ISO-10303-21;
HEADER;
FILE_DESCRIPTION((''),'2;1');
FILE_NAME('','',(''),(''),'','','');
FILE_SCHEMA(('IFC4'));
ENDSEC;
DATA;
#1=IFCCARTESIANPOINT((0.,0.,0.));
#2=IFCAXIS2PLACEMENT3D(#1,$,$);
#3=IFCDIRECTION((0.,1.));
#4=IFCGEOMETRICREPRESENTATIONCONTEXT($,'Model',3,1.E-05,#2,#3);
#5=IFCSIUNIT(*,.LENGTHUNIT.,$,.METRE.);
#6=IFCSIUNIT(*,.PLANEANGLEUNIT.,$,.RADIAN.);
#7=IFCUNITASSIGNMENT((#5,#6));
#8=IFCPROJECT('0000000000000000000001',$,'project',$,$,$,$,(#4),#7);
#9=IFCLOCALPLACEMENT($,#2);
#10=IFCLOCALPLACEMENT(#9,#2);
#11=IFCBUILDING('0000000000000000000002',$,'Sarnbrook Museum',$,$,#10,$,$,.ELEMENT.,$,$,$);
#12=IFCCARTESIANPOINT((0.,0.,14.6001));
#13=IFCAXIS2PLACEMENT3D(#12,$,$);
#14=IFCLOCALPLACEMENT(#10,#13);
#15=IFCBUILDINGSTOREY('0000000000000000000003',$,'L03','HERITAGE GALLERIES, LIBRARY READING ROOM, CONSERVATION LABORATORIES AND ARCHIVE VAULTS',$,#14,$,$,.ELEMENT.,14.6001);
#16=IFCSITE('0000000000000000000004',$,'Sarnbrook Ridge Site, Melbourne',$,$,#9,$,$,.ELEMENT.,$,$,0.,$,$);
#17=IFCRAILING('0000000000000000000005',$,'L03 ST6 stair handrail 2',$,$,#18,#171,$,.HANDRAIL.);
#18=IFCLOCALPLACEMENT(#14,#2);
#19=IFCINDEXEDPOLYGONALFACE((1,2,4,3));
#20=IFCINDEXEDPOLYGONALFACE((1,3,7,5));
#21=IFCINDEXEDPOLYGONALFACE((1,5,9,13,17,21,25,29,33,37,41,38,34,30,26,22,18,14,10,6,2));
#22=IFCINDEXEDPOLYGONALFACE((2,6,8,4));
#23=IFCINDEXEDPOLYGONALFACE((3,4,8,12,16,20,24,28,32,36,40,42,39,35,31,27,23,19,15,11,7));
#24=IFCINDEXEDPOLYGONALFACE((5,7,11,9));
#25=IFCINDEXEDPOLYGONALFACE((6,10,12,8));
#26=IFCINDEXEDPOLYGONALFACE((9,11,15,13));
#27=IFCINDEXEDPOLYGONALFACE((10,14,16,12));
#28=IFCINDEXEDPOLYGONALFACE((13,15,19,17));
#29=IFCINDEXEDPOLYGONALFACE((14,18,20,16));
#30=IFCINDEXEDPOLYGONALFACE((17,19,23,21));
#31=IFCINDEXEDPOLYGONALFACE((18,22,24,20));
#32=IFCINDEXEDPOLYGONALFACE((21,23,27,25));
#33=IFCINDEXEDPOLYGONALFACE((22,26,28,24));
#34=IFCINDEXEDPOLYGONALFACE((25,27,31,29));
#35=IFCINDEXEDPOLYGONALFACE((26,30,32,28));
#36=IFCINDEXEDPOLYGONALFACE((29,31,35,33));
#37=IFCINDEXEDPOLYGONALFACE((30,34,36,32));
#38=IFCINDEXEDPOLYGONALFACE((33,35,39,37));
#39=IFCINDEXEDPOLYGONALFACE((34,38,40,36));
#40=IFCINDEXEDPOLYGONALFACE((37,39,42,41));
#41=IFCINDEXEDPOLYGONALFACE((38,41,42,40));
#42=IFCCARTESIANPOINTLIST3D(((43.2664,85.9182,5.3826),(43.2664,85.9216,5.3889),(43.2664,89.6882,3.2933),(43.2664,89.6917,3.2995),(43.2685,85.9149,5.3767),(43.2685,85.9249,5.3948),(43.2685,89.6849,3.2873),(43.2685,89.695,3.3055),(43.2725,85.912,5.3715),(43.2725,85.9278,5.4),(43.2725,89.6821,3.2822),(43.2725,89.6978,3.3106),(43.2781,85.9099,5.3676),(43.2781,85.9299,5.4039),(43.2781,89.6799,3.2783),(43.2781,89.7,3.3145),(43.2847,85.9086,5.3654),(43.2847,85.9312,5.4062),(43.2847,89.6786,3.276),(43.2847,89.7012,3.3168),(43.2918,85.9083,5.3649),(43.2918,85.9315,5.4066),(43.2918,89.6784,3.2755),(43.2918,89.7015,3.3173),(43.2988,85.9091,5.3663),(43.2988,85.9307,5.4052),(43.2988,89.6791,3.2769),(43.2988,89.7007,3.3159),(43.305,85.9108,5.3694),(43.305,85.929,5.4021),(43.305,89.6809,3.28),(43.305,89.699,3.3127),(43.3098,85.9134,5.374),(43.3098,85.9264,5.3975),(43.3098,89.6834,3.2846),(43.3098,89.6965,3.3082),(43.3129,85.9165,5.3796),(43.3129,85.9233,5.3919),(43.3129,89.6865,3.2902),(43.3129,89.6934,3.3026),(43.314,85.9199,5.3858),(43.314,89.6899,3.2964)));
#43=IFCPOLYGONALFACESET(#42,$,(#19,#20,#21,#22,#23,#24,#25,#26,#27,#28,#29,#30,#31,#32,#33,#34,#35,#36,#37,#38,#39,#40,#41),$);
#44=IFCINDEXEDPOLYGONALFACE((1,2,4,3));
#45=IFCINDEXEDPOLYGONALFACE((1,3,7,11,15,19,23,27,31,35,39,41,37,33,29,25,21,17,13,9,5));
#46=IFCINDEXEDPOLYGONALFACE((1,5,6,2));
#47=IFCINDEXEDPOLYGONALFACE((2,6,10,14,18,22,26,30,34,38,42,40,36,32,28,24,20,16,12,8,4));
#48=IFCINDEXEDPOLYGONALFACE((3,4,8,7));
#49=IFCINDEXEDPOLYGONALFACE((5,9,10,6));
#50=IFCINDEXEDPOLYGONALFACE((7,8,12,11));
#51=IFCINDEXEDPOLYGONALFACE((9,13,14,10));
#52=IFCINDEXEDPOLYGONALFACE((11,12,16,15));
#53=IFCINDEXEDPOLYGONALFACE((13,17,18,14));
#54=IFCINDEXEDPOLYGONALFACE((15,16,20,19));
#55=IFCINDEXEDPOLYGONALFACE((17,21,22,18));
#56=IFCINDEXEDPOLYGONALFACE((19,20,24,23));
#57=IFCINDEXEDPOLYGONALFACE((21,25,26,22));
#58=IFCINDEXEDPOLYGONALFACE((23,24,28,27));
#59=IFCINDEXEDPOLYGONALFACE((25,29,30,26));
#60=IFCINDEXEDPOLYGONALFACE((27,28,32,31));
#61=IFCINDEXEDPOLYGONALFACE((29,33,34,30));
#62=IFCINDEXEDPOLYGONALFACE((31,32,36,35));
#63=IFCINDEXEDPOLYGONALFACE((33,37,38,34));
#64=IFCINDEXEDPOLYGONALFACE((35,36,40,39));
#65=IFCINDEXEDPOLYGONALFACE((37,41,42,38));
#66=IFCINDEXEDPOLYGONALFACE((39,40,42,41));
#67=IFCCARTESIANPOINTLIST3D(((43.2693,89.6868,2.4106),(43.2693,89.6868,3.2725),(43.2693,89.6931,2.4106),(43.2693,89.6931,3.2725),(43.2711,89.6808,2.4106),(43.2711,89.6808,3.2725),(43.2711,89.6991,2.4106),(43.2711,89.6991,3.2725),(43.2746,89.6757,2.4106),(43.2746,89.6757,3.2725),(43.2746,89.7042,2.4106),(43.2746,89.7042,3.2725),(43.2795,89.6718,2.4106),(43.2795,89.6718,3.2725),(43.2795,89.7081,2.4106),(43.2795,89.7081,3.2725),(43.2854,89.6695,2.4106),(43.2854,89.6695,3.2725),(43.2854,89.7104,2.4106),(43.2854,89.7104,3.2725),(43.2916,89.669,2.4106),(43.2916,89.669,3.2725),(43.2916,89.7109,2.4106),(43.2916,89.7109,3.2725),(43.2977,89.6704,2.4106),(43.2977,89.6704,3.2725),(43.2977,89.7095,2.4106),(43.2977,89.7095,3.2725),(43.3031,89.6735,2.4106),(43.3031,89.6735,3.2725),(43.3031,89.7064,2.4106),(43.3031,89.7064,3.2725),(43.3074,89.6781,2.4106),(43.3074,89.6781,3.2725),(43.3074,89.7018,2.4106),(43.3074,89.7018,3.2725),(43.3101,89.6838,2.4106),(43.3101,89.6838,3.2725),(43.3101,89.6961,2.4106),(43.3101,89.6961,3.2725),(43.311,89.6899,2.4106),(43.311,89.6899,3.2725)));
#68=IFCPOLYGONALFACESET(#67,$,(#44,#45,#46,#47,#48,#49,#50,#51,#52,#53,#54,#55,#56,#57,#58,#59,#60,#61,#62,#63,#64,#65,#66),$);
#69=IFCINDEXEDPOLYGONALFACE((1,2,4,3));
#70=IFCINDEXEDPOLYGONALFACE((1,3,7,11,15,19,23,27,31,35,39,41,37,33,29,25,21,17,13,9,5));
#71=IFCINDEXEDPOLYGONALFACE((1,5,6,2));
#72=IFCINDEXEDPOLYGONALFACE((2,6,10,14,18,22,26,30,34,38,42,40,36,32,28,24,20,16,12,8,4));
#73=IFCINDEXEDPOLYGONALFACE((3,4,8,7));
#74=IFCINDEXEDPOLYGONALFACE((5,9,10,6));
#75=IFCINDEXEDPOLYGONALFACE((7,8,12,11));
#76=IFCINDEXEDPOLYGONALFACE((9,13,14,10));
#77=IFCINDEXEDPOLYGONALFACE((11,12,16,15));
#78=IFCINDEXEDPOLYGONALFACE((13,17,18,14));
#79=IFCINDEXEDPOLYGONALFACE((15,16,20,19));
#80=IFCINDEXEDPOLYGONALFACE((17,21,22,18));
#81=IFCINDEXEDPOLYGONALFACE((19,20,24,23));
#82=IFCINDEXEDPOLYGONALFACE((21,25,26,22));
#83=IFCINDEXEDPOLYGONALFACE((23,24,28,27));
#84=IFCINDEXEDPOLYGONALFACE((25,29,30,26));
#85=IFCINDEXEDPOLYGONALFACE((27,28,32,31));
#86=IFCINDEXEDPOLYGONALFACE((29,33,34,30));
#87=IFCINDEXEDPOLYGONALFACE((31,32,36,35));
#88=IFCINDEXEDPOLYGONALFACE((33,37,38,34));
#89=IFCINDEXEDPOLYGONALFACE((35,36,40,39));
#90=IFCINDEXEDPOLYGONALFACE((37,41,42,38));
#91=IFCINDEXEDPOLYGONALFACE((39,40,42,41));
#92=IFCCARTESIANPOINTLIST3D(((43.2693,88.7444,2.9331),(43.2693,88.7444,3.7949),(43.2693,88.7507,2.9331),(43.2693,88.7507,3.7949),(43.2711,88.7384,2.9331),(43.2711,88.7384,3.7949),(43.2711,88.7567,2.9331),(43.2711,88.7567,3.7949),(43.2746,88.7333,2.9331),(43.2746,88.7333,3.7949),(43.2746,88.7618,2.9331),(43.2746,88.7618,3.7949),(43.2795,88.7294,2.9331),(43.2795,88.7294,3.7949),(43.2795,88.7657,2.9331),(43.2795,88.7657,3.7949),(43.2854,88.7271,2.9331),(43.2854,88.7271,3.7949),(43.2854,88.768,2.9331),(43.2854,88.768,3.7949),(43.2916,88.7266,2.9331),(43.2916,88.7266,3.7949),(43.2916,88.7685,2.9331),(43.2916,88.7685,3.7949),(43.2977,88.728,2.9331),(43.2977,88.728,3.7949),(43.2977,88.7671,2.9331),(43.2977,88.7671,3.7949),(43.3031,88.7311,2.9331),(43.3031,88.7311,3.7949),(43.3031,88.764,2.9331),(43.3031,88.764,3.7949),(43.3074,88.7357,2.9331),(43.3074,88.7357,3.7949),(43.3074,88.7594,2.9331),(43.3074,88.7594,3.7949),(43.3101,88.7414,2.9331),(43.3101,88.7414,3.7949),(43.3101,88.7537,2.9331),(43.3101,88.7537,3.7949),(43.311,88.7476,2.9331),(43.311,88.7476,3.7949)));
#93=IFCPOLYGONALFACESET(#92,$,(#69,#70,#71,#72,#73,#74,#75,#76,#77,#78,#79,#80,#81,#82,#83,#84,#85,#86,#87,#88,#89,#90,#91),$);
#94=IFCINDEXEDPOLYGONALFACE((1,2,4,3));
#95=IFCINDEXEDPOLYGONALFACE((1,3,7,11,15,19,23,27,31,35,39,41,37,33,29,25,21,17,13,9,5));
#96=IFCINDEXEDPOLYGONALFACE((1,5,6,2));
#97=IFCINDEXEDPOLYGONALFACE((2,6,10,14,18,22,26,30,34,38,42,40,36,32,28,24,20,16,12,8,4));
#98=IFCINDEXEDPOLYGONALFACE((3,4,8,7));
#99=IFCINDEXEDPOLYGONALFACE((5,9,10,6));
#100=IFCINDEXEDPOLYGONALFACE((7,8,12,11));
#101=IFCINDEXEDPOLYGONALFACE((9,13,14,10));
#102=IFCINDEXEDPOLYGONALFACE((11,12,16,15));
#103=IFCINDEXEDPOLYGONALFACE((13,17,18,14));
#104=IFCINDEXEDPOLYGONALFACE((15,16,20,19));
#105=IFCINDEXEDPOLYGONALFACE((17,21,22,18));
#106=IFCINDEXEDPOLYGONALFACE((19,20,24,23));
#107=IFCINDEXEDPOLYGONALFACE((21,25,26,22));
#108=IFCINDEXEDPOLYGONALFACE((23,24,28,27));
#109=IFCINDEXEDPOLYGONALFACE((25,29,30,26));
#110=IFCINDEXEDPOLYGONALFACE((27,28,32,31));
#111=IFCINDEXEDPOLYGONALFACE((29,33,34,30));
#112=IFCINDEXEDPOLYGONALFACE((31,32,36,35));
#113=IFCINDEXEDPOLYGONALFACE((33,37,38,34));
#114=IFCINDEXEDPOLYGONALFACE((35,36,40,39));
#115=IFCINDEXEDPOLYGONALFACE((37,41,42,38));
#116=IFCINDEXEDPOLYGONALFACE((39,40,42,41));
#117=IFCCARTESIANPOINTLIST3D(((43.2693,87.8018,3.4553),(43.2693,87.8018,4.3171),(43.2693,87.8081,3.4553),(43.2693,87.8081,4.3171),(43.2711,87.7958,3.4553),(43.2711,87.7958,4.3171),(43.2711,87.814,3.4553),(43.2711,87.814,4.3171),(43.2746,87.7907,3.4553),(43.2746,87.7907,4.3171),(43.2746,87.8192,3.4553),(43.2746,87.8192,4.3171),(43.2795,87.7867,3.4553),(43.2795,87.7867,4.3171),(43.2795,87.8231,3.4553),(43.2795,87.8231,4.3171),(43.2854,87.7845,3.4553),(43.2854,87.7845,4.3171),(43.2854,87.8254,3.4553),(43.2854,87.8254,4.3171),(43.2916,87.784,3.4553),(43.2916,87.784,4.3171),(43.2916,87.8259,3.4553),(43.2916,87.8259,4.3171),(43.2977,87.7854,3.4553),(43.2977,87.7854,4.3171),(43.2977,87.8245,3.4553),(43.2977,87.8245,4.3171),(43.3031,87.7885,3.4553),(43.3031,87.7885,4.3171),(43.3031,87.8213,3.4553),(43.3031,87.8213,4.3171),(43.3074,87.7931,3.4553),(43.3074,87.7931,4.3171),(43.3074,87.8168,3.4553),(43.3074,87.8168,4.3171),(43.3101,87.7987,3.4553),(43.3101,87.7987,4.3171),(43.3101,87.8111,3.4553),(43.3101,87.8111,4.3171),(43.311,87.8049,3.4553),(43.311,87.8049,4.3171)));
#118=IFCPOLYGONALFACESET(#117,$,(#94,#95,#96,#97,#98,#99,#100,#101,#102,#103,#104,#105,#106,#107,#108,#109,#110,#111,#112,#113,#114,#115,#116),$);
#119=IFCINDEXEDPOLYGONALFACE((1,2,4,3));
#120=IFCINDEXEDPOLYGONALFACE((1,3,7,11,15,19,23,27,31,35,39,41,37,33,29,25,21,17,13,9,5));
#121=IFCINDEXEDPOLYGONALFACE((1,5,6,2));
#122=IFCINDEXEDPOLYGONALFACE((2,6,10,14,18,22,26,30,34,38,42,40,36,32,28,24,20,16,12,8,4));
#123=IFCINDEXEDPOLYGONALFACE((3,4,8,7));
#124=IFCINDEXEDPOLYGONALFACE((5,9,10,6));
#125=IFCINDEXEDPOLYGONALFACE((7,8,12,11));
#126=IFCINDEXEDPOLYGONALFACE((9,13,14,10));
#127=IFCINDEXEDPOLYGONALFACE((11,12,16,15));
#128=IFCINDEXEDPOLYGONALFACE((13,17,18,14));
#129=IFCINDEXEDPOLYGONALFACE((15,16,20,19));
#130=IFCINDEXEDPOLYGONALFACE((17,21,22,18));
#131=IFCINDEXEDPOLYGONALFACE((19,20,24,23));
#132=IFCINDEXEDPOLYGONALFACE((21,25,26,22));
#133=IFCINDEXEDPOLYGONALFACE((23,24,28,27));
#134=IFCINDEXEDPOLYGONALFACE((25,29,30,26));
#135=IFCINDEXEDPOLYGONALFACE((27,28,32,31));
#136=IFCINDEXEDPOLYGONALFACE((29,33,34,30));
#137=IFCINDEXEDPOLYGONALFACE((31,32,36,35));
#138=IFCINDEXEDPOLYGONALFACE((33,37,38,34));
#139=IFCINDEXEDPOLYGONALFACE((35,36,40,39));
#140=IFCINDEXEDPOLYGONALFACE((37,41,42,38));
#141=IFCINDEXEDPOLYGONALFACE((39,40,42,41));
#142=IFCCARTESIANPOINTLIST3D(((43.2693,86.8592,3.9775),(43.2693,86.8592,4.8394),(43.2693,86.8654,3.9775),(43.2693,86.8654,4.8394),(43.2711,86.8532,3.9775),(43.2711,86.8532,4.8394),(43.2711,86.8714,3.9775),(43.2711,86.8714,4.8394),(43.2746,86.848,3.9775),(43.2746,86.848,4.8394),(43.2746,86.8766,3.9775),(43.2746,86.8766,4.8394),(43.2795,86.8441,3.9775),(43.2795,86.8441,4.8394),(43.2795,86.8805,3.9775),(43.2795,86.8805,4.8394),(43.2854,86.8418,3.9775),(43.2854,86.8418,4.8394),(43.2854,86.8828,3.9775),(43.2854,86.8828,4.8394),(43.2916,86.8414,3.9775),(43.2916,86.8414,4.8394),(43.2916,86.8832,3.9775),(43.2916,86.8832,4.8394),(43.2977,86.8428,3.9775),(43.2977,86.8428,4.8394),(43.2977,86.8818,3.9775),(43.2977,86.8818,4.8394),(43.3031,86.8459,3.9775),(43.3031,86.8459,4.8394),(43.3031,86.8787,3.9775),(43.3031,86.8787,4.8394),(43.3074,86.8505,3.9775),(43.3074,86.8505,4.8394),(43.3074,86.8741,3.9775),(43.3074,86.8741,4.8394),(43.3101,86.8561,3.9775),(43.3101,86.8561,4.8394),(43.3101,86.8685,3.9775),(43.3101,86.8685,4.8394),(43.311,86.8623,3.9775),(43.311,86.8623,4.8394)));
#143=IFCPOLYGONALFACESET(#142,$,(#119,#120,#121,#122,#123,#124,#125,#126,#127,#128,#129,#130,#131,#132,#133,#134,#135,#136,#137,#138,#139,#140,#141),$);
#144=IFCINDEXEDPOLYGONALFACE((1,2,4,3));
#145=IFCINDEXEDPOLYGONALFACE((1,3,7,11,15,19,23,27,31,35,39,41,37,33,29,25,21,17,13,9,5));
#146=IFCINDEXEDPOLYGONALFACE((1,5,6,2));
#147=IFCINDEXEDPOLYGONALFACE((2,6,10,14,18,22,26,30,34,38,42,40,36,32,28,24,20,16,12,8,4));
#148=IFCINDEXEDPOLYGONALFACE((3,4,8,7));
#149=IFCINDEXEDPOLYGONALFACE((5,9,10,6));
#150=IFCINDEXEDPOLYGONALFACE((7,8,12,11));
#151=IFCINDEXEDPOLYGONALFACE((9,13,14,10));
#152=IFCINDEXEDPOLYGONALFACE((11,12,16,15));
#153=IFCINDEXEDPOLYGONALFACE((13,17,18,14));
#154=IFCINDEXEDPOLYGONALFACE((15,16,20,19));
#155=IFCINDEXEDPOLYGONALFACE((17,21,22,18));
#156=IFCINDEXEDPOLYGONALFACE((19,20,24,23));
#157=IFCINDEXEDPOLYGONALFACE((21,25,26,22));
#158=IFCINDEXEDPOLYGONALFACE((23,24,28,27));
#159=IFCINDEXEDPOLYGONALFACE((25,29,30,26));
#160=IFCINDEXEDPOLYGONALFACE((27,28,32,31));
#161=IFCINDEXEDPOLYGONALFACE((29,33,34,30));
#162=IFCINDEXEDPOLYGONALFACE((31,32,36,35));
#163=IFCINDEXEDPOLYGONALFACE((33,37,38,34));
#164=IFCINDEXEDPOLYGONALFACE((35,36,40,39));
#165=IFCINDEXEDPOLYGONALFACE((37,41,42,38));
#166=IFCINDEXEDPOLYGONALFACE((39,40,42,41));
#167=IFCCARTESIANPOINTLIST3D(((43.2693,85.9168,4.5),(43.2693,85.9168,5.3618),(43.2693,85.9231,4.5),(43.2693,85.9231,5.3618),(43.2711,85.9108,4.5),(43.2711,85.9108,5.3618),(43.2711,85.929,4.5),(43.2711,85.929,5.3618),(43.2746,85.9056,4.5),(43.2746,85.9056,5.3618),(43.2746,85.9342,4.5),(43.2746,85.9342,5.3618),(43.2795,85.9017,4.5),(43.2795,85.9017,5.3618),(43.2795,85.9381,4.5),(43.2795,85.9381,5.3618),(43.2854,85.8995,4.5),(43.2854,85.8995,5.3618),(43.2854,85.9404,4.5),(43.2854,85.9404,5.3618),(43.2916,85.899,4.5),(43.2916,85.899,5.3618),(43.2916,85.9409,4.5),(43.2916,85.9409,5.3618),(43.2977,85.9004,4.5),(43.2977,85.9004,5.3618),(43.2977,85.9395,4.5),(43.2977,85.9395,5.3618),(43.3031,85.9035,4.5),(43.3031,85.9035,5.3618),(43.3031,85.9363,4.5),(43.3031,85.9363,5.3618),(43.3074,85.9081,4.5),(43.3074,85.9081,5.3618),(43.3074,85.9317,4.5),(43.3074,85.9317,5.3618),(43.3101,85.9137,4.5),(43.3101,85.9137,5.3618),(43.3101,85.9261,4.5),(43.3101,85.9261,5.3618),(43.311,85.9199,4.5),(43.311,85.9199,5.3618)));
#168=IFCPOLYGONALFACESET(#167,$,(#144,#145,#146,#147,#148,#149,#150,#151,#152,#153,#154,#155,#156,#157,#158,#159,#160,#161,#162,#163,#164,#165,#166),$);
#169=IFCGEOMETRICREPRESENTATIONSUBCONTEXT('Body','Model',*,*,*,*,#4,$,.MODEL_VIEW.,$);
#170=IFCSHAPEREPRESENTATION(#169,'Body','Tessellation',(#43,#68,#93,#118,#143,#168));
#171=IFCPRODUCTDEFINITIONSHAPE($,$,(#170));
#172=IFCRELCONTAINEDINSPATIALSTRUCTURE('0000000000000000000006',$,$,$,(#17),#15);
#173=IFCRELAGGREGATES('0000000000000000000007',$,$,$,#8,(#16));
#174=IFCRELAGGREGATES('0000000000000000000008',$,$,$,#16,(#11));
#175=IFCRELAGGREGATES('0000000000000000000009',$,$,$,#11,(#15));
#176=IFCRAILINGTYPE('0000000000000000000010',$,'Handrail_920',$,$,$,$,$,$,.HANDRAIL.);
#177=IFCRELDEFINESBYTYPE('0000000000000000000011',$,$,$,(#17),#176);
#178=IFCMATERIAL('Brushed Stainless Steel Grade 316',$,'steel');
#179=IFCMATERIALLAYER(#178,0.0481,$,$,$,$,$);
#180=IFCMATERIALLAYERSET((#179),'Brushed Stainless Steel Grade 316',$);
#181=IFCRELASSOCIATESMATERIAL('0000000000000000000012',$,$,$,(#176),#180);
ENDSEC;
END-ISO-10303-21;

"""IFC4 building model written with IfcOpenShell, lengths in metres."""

from ifc_helpers import new_model, si_unit, direction, frame, origin, origin_2d, place, context, subcontext, project, spatial, circle, extrude, material, layer, layer_set, type_object, element, save


model = new_model("IFC4")

# Units and contexts
model_context = context("Model", 3, precision=1e-05, world=origin(), true_north=direction((0.0, 1.0)))
body_context = subcontext(model_context, "Body", "Model", "MODEL_VIEW")
ifc_project = project(units=[si_unit("LENGTHUNIT", "METRE"), si_unit("PLANEANGLEUNIT", "RADIAN")], contexts=[model_context])

# Site, building, storey
site_placement = place(None, origin())
site = spatial("IfcSite", under=ifc_project, at=site_placement, Name="Sarnbrook Ridge Site, Melbourne", CompositionType="ELEMENT", RefElevation=0.0)
building_placement = place(site_placement, origin())
building = spatial("IfcBuilding", under=site, at=building_placement, Name="Sarnbrook Museum", CompositionType="ELEMENT")
storey_placement = place(building_placement, frame((0.0, 0.0, 14.6001)))
storey = spatial("IfcBuildingStorey", under=building, at=storey_placement, Name="L03", Description="HERITAGE GALLERIES, LIBRARY READING ROOM, CONSERVATION LABORATORIES AND ARCHIVE VAULTS", CompositionType="ELEMENT", Elevation=14.6001)

# Shared definitions
ifc_material_1 = material(Name="Brushed Stainless Steel Grade 316", Category="steel")

# Railing
ifc_layer_1 = layer(ifc_material_1, 0.0481)
ifc_layer_set_1 = layer_set([ifc_layer_1], Name="Brushed Stainless Steel Grade 316")
railing_type_1 = type_object("IfcRailingType", Name="Handrail_920", PredefinedType="HANDRAIL", material=ifc_layer_set_1)
railing_1_placement = place(storey_placement, frame((43.29, 89.6899, 2.4106)))
element("IfcRailing", 1, at=railing_1_placement, inside=storey, type_object=railing_type_1, Name="L03 ST6 stair handrail 2", PredefinedType="HANDRAIL", context=body_context, shape_type="SweptSolid", body=[
    extrude(circle(Radius=0.0239, at=origin_2d()), frame((0.0, 0.0, 0.8857), z_axis=(0.0, -0.874659, 0.484739), x_axis=(1.0, 0.0, 0.0)), (0.0, 0.0, 1.0), 4.3103),
    extrude(circle(Radius=0.021, at=origin_2d()), origin(), (0.0, 0.0, 1.0), 0.8618),
    extrude(circle(Radius=0.021, at=origin_2d()), frame((0.0, -0.9424, 0.5225)), (0.0, 0.0, 1.0), 0.8618),
    extrude(circle(Radius=0.021, at=origin_2d()), frame((0.0, -1.885, 1.0447)), (0.0, 0.0, 1.0), 0.8618),
    extrude(circle(Radius=0.021, at=origin_2d()), frame((0.0, -2.8276, 1.5669)), (0.0, 0.0, 1.0), 0.8618),
    extrude(circle(Radius=0.021, at=origin_2d()), frame((0.0, -3.77, 2.0894)), (0.0, 0.0, 1.0), 0.8618),
])

save(model, "model.ifc")
